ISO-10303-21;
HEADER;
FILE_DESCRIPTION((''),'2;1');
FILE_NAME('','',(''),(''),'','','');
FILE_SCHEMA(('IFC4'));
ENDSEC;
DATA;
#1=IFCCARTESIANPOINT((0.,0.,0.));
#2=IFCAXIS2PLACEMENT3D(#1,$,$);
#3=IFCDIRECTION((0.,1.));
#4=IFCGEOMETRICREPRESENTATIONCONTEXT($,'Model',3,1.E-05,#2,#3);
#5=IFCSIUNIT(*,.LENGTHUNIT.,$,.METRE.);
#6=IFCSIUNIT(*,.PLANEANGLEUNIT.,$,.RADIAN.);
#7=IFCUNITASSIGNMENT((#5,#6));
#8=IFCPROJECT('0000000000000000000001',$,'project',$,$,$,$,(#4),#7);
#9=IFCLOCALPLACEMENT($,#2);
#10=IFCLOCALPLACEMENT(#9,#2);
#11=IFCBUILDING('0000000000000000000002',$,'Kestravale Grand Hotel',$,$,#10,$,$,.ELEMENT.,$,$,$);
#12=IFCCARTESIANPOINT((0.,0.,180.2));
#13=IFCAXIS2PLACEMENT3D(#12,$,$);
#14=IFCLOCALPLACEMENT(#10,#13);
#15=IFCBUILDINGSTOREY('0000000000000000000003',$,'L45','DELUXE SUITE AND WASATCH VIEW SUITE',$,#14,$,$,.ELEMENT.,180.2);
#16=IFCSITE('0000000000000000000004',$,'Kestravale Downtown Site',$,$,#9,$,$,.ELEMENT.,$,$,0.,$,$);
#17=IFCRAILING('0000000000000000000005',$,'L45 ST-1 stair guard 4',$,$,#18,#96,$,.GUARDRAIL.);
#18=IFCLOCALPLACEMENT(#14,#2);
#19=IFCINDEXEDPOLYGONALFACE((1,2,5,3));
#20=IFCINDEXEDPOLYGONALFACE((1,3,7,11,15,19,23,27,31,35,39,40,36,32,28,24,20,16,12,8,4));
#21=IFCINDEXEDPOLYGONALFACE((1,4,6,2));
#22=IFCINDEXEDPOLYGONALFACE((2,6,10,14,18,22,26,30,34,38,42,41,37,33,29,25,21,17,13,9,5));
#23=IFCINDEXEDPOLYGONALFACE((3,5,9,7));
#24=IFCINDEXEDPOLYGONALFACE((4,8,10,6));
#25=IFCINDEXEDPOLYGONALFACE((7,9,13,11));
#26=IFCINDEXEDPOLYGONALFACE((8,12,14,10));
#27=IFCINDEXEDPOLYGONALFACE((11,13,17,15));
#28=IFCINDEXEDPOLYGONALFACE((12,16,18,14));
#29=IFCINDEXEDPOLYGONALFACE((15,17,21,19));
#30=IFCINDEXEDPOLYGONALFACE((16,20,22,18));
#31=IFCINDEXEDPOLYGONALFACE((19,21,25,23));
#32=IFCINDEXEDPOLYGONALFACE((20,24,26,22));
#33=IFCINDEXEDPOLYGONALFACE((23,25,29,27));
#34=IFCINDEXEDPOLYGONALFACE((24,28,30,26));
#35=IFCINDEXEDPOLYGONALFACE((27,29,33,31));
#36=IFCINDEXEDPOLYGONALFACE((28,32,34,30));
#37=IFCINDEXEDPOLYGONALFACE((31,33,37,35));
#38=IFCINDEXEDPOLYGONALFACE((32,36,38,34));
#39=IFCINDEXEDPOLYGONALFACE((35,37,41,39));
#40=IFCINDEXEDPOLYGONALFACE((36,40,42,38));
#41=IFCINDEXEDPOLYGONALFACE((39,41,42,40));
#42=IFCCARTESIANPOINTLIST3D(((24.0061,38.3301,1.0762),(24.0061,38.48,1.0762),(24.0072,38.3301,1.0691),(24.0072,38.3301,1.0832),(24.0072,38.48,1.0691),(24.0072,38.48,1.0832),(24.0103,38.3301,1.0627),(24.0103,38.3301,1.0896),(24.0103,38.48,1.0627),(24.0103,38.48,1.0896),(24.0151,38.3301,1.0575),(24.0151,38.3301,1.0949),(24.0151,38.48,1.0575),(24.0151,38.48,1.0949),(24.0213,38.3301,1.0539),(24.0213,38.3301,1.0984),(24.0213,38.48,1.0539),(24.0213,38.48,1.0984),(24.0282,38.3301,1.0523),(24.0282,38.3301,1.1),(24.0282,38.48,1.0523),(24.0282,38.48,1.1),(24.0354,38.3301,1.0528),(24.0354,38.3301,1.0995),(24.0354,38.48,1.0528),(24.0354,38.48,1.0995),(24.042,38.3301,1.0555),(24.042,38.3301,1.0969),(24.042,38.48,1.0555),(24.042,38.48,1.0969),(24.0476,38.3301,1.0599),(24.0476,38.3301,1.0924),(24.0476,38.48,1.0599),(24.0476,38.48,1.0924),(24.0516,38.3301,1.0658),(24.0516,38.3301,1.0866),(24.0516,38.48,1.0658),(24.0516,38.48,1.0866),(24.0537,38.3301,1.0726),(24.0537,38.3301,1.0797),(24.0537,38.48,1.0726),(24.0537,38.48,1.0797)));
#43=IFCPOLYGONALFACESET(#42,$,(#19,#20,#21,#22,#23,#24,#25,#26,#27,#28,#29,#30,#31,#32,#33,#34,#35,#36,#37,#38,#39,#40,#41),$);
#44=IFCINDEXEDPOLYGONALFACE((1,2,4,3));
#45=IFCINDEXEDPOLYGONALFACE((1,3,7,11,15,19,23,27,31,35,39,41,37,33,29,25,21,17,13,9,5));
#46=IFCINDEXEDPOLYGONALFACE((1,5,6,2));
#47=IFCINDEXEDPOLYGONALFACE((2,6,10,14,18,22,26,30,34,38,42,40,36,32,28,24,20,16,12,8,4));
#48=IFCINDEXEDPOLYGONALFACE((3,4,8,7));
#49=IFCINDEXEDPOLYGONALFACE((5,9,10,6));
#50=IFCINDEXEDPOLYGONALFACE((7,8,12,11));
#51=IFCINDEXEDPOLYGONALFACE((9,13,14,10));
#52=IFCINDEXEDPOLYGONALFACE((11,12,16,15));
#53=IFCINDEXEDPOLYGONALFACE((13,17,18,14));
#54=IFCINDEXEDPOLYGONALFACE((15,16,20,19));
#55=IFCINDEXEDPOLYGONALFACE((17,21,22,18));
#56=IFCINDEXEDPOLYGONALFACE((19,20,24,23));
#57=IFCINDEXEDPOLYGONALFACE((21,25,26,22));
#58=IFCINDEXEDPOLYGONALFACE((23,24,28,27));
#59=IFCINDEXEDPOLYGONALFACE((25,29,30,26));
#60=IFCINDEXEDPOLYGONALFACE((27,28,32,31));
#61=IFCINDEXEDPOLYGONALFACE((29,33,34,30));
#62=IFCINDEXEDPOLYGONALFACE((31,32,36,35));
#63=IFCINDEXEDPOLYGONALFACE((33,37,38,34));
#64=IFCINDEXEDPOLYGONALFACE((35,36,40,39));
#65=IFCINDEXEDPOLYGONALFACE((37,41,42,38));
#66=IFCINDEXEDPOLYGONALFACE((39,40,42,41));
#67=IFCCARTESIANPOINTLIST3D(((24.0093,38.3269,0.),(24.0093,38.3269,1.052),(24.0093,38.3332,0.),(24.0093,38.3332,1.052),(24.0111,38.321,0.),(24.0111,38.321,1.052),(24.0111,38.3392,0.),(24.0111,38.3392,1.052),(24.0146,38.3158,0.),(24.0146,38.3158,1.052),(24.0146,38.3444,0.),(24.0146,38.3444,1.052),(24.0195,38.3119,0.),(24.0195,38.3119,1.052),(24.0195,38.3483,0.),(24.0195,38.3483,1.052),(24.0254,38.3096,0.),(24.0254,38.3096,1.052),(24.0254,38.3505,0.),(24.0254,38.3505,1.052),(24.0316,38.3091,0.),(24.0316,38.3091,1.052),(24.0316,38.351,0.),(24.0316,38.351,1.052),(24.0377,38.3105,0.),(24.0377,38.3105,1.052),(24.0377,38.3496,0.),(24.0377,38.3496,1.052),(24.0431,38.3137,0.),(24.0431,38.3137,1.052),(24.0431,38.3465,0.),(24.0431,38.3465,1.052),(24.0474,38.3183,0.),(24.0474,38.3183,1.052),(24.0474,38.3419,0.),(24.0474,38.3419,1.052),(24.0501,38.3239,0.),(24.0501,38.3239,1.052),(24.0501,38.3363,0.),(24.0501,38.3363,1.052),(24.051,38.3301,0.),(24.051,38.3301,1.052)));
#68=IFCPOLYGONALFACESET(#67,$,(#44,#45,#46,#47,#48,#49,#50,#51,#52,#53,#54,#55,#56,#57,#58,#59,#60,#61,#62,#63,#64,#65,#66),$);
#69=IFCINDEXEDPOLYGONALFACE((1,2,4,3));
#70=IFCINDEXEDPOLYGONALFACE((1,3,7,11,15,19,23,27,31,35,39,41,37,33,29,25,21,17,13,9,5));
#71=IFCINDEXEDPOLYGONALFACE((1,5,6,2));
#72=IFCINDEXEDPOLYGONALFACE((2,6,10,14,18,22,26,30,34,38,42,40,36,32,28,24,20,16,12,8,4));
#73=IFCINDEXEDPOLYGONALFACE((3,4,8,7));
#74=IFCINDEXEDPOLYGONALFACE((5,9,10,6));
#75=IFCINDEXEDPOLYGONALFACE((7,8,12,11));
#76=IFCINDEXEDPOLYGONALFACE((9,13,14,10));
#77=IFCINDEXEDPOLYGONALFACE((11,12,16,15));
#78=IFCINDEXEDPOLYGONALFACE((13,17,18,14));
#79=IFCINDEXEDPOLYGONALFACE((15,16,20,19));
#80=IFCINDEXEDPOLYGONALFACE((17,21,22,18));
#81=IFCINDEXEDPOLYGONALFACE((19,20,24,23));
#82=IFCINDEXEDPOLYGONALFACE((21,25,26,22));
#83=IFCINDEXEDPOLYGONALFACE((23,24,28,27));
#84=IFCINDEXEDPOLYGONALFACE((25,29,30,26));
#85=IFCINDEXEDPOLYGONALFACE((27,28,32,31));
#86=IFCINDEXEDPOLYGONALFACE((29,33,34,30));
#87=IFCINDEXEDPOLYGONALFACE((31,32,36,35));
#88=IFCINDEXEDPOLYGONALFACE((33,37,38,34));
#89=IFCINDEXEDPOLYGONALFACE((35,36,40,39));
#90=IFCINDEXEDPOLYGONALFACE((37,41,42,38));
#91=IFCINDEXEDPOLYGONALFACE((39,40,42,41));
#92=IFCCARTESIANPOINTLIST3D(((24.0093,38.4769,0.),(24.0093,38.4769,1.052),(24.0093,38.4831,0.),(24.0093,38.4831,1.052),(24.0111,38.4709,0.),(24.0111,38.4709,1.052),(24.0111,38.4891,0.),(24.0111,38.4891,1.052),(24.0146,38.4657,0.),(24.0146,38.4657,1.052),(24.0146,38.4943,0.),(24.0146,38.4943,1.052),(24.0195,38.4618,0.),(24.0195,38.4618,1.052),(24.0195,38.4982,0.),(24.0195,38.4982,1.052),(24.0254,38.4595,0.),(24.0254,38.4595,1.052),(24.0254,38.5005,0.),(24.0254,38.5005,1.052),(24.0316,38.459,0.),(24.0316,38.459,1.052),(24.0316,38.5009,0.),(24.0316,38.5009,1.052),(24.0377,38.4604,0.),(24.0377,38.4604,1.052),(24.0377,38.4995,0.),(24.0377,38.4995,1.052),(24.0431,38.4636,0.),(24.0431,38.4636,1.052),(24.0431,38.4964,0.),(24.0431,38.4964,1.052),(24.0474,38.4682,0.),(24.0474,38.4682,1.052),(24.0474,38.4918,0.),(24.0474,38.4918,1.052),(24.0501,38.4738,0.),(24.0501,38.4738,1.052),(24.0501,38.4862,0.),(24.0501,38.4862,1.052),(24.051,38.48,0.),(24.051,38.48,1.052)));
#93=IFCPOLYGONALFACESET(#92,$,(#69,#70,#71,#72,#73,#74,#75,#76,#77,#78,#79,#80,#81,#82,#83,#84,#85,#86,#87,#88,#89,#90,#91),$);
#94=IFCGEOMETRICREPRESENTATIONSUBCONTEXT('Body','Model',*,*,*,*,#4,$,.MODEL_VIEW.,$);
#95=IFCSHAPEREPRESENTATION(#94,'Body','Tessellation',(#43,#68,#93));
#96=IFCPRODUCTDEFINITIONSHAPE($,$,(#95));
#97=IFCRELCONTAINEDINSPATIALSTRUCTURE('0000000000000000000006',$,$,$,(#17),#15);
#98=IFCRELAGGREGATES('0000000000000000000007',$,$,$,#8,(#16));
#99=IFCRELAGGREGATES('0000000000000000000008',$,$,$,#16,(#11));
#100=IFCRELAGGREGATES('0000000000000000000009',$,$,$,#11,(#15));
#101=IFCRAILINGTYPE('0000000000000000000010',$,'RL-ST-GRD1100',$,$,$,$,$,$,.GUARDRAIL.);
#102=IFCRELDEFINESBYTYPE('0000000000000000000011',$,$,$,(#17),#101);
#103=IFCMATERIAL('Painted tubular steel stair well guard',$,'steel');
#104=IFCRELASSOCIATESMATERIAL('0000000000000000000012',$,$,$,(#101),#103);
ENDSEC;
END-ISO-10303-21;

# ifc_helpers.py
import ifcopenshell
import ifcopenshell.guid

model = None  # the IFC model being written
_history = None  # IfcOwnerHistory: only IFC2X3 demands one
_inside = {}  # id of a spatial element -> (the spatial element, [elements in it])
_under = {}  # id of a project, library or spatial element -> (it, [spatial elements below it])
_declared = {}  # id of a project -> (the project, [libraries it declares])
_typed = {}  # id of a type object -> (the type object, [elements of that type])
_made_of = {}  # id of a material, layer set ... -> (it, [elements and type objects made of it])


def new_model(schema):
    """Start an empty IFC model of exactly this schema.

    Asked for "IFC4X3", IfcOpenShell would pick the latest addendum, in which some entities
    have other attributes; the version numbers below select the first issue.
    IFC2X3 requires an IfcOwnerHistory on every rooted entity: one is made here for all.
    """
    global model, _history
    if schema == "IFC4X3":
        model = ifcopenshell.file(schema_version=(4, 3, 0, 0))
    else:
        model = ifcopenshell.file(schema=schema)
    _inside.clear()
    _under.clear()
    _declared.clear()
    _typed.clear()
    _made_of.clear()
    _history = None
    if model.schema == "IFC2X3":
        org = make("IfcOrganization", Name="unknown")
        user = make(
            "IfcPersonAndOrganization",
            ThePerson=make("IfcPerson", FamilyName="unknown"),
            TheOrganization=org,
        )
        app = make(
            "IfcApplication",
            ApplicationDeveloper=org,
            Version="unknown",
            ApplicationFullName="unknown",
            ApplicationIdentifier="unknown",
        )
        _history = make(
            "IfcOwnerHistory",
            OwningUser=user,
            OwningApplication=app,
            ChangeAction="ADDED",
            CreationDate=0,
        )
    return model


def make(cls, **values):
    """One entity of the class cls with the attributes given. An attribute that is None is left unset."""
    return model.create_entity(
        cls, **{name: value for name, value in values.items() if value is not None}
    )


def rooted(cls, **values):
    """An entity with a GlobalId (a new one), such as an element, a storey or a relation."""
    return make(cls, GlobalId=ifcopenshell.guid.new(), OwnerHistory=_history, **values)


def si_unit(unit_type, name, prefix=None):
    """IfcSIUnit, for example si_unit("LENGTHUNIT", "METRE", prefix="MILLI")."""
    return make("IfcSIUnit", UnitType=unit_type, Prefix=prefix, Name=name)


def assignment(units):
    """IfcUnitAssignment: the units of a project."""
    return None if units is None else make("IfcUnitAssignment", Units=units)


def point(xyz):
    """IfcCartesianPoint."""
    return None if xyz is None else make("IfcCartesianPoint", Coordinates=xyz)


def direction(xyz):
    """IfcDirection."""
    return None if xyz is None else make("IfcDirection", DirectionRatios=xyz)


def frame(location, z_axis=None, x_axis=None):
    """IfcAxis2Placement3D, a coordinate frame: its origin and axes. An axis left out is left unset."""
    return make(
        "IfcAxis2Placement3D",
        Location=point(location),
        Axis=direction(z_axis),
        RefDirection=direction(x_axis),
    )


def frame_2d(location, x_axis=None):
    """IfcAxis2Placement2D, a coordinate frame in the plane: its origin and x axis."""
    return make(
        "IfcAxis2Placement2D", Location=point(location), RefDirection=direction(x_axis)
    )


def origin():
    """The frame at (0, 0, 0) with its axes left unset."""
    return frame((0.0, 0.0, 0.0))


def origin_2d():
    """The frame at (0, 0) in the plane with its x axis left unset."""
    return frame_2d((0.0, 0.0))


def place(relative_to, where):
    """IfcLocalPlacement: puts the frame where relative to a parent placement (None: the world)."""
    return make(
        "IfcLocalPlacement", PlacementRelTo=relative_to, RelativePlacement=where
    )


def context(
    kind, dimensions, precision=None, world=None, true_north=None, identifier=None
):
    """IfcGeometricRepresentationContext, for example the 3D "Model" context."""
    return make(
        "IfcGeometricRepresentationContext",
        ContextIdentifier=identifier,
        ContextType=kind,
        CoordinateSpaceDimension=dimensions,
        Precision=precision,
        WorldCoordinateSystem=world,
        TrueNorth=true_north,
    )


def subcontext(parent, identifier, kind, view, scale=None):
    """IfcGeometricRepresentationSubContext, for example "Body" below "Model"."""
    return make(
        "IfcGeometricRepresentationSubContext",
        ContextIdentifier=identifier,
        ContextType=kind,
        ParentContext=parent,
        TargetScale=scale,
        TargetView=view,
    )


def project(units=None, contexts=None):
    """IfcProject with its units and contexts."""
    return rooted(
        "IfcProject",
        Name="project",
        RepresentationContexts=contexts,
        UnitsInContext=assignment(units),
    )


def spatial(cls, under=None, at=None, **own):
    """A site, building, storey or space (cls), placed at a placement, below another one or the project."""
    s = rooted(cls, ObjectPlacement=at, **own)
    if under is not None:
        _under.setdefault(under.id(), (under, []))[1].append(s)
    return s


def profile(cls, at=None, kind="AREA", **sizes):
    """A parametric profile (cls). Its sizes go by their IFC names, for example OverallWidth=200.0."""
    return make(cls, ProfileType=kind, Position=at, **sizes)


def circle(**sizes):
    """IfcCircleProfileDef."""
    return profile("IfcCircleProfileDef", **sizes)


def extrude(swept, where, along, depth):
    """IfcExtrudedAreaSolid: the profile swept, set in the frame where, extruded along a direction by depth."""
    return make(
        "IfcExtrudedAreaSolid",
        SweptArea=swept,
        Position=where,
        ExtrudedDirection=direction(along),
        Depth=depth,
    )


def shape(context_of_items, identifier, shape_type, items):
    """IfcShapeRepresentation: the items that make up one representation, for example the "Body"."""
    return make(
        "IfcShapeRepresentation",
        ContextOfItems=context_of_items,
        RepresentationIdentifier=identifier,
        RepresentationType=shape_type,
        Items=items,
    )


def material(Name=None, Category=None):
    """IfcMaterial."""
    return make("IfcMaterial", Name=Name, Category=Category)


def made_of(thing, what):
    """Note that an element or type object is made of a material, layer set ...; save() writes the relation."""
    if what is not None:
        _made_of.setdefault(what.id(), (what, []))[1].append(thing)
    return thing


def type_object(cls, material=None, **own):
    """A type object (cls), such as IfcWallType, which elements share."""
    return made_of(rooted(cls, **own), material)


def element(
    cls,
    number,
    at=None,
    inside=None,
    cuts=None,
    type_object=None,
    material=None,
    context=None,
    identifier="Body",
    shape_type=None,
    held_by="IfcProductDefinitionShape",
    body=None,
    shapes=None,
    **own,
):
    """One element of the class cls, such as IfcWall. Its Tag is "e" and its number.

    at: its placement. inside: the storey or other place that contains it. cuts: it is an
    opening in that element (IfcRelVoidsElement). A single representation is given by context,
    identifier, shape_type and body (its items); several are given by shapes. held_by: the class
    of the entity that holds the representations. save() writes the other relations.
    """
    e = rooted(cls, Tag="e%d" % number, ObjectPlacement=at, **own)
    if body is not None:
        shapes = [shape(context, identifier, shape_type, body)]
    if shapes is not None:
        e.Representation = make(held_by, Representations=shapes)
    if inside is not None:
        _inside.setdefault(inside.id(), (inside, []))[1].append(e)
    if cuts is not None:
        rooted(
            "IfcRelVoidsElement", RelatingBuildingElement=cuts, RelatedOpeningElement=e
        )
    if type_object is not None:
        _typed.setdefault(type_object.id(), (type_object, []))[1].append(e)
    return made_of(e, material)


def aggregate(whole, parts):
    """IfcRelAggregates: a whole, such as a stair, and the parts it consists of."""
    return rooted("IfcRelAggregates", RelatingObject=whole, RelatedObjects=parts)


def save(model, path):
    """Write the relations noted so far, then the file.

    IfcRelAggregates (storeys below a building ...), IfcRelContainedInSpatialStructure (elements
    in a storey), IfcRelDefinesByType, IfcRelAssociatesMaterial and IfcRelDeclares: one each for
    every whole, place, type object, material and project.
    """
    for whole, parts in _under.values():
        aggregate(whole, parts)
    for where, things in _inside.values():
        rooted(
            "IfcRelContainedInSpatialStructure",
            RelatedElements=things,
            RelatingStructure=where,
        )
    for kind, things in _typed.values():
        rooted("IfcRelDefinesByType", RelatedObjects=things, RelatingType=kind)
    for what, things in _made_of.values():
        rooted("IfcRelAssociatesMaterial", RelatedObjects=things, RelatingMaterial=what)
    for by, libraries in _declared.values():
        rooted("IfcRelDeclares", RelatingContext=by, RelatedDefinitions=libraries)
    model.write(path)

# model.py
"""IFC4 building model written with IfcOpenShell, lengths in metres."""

from ifc_helpers import new_model, si_unit, direction, frame, origin, origin_2d, place, context, subcontext, project, spatial, circle, extrude, material, type_object, element, save


model = new_model("IFC4")

# Units and contexts
model_context = context("Model", 3, precision=1e-05, world=origin(), true_north=direction((0.0, 1.0)))
body_context = subcontext(model_context, "Body", "Model", "MODEL_VIEW")
ifc_project = project(units=[si_unit("LENGTHUNIT", "METRE"), si_unit("PLANEANGLEUNIT", "RADIAN")], contexts=[model_context])

# Site, building, storey
site_placement = place(None, origin())
site = spatial("IfcSite", under=ifc_project, at=site_placement, Name="Kestravale Downtown Site", CompositionType="ELEMENT", RefElevation=0.0)
building_placement = place(site_placement, origin())
building = spatial("IfcBuilding", under=site, at=building_placement, Name="Kestravale Grand Hotel", CompositionType="ELEMENT")
storey_placement = place(building_placement, frame((0.0, 0.0, 180.2)))
storey = spatial("IfcBuildingStorey", under=building, at=storey_placement, Name="L45", Description="DELUXE SUITE AND WASATCH VIEW SUITE", CompositionType="ELEMENT", Elevation=180.2)

# Railing
ifc_material_1 = material(Name="Painted tubular steel stair well guard", Category="steel")
railing_type_1 = type_object("IfcRailingType", Name="RL-ST-GRD1100", PredefinedType="GUARDRAIL", material=ifc_material_1)
railing_1_placement = place(storey_placement, frame((24.03, 38.3301, 0.0)))
element("IfcRailing", 1, at=railing_1_placement, inside=storey, type_object=railing_type_1, Name="L45 ST-1 stair guard 4", PredefinedType="GUARDRAIL", context=body_context, shape_type="SweptSolid", body=[
    extrude(circle(Radius=0.0239, at=origin_2d()), frame((0.0, 0.0, 1.0762), z_axis=(0.0, 1.0, 0.0), x_axis=(-1.0, 0.0, 0.0)), (0.0, 0.0, 1.0), 0.1499),
    extrude(circle(Radius=0.021, at=origin_2d()), origin(), (0.0, 0.0, 1.0), 1.052),
    extrude(circle(Radius=0.021, at=origin_2d()), frame((0.0, 0.1499, 0.0)), (0.0, 0.0, 1.0), 1.052),
])

save(model, "model.ifc")
